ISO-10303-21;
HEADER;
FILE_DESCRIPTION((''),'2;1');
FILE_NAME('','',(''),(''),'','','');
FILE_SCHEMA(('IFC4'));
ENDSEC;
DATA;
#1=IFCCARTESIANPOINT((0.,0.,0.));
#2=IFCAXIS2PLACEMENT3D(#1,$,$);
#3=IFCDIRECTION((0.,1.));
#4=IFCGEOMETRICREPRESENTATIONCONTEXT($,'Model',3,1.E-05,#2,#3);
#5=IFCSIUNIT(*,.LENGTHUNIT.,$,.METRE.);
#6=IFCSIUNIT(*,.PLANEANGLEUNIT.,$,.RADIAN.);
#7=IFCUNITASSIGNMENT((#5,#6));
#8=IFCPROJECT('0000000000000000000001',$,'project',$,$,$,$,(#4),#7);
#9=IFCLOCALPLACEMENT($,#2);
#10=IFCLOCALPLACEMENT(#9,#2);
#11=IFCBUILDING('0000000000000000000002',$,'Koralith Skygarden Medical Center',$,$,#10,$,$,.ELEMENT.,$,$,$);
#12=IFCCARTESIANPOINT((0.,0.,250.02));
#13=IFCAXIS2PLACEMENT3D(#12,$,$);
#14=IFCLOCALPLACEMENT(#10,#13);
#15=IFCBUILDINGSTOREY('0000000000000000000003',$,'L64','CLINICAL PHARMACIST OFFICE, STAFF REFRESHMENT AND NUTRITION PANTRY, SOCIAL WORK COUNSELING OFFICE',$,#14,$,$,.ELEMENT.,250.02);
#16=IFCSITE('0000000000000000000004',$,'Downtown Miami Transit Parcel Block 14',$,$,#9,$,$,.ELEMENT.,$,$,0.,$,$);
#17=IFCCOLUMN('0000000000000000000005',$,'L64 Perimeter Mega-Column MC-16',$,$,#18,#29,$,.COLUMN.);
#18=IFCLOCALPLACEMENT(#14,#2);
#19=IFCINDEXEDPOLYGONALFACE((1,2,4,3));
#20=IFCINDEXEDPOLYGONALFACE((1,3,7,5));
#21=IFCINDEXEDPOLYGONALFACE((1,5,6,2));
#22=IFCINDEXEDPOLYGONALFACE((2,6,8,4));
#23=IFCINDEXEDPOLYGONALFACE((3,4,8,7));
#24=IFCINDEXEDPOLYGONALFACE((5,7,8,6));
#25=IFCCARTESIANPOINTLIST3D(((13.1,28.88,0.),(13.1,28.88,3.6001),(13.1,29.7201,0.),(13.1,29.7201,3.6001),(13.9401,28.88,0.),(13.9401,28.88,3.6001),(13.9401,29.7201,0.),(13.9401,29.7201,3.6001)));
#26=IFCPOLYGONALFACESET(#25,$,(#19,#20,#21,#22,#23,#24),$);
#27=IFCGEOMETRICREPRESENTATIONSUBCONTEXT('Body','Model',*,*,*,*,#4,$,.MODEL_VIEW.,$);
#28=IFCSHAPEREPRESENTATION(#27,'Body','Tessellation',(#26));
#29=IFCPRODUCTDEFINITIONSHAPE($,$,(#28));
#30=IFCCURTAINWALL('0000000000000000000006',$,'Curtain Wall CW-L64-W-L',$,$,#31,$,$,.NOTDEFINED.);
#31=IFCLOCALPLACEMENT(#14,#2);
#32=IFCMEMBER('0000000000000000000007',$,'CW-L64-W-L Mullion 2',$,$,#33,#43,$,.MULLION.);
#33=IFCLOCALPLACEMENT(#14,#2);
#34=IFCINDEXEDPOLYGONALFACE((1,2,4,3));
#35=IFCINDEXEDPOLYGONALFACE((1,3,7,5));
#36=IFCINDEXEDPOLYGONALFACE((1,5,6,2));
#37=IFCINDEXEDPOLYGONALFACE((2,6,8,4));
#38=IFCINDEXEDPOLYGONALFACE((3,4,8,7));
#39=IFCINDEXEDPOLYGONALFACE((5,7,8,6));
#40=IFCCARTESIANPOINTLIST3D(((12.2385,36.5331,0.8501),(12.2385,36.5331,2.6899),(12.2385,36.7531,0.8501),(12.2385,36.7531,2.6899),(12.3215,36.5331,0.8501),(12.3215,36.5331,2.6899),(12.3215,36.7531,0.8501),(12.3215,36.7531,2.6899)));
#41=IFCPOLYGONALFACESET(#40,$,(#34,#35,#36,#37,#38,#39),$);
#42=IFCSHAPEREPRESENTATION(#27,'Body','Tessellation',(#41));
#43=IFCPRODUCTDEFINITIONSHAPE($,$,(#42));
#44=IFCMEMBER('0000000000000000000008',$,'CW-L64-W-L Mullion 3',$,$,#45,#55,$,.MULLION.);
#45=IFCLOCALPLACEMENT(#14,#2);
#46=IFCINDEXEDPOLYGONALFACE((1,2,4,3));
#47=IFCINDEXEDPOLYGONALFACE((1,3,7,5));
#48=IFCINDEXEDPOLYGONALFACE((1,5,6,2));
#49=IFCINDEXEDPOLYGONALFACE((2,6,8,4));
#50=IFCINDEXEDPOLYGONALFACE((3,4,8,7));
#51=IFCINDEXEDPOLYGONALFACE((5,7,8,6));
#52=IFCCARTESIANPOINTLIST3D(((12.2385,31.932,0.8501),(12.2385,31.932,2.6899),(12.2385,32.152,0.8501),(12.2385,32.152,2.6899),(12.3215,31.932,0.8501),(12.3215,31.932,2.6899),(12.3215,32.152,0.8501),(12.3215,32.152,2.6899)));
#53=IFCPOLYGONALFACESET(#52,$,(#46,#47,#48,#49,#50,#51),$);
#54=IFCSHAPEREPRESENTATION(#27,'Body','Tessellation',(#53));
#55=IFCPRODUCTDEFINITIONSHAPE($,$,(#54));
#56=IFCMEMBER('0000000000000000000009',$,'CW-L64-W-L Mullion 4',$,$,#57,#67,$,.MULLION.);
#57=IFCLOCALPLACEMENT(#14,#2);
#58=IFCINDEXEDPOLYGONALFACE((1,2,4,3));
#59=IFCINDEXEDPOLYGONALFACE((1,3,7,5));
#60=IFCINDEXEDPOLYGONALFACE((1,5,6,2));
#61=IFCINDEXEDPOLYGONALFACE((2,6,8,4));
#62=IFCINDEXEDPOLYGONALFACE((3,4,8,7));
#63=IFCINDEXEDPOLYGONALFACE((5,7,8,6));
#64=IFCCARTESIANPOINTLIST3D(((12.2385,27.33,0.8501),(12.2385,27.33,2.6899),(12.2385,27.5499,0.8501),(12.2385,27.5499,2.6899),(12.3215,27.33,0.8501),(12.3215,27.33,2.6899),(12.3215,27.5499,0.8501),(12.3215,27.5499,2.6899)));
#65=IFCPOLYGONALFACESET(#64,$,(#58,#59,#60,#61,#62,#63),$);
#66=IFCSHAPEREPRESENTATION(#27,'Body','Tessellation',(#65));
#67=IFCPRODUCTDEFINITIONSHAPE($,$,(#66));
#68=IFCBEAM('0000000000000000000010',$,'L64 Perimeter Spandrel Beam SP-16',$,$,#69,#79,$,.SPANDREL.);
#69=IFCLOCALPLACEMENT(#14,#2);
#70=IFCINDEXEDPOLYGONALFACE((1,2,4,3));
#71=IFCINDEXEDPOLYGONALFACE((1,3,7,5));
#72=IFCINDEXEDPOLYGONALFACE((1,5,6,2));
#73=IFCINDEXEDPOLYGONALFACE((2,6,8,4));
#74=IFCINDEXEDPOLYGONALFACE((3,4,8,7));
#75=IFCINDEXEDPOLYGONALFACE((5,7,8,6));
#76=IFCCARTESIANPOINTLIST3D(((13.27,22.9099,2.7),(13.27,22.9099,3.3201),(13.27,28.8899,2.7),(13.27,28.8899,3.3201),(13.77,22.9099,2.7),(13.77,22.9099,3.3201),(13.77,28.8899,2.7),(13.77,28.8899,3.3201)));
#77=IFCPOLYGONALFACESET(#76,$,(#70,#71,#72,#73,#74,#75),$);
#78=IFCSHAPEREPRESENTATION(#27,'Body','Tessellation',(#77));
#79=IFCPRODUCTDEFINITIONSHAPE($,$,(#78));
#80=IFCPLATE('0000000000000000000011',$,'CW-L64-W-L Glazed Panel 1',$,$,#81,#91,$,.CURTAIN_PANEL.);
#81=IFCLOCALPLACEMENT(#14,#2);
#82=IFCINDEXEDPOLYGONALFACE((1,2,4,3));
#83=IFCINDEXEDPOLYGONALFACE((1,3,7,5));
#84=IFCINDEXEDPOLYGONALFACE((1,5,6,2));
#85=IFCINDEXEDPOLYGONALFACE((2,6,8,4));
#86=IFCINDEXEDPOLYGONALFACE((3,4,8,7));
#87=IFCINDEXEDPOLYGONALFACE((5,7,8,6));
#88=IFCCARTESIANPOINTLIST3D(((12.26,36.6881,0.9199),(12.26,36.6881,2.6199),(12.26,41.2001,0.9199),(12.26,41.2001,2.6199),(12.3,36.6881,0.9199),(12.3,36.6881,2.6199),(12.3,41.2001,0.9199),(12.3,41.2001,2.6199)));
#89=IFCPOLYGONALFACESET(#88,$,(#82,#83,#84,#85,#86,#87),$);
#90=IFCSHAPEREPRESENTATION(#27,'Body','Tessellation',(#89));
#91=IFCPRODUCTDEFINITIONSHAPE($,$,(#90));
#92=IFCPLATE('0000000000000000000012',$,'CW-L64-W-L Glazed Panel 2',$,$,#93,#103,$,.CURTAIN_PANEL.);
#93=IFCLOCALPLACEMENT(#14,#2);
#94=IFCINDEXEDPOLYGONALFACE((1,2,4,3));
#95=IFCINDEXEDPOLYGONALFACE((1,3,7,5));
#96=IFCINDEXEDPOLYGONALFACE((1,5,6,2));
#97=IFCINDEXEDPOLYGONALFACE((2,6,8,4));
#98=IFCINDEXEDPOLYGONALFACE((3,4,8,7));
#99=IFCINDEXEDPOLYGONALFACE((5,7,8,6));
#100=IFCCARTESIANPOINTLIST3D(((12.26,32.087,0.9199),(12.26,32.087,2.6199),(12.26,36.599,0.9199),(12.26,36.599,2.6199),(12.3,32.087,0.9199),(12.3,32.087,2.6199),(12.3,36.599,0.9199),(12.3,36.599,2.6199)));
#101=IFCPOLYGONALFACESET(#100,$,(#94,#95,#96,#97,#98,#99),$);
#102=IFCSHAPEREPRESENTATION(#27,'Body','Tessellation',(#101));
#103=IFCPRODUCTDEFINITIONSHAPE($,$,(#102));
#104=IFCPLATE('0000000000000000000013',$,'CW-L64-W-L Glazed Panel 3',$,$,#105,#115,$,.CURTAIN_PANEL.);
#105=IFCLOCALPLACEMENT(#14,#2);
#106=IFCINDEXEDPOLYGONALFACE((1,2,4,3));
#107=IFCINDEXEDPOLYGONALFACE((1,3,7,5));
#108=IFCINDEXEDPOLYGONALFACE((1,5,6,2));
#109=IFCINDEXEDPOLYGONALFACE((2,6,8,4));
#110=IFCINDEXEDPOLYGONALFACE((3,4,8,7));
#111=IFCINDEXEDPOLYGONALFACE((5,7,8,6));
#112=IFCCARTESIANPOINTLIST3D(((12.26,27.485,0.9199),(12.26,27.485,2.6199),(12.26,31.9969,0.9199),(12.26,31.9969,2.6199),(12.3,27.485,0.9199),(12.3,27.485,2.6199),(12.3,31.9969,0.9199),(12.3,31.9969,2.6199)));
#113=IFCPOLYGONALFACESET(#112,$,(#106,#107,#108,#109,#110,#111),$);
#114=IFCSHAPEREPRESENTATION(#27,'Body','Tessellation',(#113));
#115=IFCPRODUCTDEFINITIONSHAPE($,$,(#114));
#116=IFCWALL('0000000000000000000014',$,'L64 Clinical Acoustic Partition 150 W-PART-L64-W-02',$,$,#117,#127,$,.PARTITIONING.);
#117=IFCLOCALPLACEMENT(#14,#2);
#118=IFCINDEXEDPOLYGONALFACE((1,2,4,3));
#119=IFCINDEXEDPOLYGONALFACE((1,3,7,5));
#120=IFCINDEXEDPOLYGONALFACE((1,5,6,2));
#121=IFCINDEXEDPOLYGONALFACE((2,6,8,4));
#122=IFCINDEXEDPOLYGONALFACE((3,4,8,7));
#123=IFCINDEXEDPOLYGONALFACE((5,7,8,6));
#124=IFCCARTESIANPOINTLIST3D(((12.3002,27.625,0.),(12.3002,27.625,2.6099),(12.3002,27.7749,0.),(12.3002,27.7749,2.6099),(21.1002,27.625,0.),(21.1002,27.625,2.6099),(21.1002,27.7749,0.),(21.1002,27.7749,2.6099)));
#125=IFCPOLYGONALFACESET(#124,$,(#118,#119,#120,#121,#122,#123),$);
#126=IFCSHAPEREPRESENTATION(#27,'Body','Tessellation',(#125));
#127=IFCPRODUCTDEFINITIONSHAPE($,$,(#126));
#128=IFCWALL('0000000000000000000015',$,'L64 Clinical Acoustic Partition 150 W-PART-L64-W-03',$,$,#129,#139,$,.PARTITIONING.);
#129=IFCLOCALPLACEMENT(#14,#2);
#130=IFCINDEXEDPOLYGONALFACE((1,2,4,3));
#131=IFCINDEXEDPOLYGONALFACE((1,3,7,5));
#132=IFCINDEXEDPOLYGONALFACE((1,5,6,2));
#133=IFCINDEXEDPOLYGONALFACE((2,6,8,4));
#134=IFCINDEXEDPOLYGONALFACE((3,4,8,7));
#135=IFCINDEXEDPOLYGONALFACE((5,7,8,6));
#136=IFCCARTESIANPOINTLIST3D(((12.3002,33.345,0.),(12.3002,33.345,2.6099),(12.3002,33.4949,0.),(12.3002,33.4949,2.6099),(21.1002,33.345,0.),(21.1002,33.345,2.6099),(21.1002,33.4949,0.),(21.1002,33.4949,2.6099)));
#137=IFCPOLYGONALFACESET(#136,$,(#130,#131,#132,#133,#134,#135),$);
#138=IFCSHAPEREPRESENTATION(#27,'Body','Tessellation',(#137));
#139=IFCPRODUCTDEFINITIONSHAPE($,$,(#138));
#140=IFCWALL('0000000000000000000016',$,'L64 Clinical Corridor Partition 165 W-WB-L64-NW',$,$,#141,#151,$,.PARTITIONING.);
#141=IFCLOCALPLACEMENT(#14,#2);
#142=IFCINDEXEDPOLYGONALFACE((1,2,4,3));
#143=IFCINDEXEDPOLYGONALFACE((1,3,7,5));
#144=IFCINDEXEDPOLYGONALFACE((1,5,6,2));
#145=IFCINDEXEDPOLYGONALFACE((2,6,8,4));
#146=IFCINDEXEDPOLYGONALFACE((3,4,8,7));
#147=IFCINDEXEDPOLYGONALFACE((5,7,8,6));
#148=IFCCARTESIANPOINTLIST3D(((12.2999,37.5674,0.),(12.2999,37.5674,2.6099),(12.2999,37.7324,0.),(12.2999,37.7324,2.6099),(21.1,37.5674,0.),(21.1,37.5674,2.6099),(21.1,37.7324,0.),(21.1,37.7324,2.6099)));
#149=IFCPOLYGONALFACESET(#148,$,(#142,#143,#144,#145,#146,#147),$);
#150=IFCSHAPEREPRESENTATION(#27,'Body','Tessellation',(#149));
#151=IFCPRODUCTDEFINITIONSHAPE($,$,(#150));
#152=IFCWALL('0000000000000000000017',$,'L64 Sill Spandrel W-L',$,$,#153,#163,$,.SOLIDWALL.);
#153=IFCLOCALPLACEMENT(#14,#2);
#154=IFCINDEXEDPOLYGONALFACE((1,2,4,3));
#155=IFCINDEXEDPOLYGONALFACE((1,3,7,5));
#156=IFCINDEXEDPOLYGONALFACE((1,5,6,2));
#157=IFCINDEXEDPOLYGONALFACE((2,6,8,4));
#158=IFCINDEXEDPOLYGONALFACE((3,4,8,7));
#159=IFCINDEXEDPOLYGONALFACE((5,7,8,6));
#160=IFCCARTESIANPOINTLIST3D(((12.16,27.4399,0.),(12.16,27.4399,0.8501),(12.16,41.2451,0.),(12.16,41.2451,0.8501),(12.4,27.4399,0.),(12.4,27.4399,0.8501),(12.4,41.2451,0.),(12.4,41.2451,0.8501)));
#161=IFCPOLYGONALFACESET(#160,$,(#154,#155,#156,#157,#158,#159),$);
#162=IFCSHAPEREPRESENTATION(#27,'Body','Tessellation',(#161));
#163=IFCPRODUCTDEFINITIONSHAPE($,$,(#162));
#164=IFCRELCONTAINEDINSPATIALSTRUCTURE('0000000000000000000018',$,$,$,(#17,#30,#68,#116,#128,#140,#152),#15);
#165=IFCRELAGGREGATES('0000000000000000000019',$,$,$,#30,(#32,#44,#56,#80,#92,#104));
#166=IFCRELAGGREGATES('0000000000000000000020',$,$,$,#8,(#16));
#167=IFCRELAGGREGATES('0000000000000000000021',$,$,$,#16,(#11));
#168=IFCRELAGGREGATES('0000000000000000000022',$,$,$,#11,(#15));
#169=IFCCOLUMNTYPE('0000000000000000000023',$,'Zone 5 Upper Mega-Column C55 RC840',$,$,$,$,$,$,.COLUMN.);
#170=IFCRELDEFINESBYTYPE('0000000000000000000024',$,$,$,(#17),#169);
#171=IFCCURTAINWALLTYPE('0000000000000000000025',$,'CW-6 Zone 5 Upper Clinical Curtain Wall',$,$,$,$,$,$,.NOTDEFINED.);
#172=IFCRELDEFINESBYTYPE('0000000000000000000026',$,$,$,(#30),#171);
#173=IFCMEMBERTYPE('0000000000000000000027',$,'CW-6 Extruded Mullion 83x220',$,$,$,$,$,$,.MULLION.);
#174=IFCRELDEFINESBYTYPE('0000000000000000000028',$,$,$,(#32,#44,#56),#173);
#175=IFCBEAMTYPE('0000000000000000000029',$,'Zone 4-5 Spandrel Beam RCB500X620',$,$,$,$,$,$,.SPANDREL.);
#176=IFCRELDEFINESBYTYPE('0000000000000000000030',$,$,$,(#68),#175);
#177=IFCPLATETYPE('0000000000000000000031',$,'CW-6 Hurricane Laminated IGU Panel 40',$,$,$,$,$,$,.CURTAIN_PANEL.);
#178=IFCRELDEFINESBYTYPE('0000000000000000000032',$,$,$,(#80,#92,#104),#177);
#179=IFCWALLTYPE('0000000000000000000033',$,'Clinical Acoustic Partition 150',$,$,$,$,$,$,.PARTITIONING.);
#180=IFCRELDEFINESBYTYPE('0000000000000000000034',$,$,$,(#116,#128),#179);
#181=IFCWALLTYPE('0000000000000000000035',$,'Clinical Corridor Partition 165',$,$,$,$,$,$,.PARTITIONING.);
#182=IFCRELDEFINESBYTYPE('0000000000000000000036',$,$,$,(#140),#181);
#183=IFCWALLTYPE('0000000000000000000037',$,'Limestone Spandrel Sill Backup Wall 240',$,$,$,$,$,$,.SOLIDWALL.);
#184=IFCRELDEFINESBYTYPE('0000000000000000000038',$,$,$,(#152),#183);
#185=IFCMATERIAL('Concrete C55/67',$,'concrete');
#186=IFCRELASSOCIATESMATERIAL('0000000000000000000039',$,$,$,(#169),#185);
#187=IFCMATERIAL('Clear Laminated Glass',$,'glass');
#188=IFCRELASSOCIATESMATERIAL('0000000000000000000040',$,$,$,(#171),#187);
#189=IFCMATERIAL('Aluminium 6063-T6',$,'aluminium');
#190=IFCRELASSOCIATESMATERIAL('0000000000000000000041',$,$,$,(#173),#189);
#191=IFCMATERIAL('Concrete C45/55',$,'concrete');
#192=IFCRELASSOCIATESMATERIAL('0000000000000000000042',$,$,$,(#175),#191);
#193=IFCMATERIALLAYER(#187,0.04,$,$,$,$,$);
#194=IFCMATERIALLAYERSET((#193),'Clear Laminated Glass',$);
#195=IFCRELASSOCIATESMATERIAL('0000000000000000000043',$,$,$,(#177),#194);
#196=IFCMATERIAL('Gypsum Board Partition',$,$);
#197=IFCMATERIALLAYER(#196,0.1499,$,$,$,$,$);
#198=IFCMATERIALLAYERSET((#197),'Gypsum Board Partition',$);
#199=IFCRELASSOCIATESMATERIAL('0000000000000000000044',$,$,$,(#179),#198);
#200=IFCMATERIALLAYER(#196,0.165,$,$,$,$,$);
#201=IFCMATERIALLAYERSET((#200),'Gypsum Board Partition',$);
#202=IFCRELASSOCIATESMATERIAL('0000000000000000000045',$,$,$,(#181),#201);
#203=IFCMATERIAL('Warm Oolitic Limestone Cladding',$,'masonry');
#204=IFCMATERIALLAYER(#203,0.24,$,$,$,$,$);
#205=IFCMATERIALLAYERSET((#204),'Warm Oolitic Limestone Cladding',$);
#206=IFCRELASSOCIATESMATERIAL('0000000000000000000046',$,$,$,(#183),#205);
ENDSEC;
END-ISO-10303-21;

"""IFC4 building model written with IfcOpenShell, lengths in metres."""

from ifc_helpers import new_model, si_unit, direction, frame, frame_2d, origin, origin_2d, place, context, subcontext, project, spatial, rectangle, extrude, material, layer, layer_set, material_profile, profile_set, type_object, element, aggregate, save


model = new_model("IFC4")

# Units and contexts
model_context = context("Model", 3, precision=1e-05, world=origin(), true_north=direction((0.0, 1.0)))
body_context = subcontext(model_context, "Body", "Model", "MODEL_VIEW")
ifc_project = project(units=[si_unit("LENGTHUNIT", "METRE"), si_unit("PLANEANGLEUNIT", "RADIAN")], contexts=[model_context])

# Site, building, storey
site_placement = place(None, origin())
site = spatial("IfcSite", under=ifc_project, at=site_placement, Name="Downtown Miami Transit Parcel Block 14", CompositionType="ELEMENT", RefElevation=0.0)
building_placement = place(site_placement, origin())
building = spatial("IfcBuilding", under=site, at=building_placement, Name="Koralith Skygarden Medical Center", CompositionType="ELEMENT")
storey_placement = place(building_placement, frame((0.0, 0.0, 250.02)))
storey = spatial("IfcBuildingStorey", under=building, at=storey_placement, Name="L64", Description="CLINICAL PHARMACIST OFFICE, STAFF REFRESHMENT AND NUTRITION PANTRY, SOCIAL WORK COUNSELING OFFICE", CompositionType="ELEMENT", Elevation=250.02)

# Column
ifc_material_1 = material(Name="Concrete C55/67", Category="concrete")
ifc_material_profile_1 = material_profile(ifc_material_1, rectangle(XDim=0.8401, YDim=0.8401, at=origin_2d()), Name="RC840X840")
ifc_profile_set_1 = profile_set([ifc_material_profile_1], Name="Concrete C55/67")
column_type = type_object("IfcColumnType", Name="Zone 5 Upper Mega-Column C55 RC840", PredefinedType="COLUMN", material=ifc_profile_set_1)
column_placement = place(storey_placement, frame((13.52, 29.3, 0.0), z_axis=(0.0, 0.0, 1.0), x_axis=(1.0, 0.0, 0.0)))
element("IfcColumn", 1, at=column_placement, inside=storey, type_object=column_type, Name="L64 Perimeter Mega-Column MC-16", PredefinedType="COLUMN", context=body_context, shape_type="SweptSolid", body=[
    extrude(rectangle(XDim=0.8401, YDim=0.8401, at=origin_2d()), origin(), (0.0, 0.0, 1.0), 3.6001),
])

# Curtain wall, members
ifc_material_2 = material(Name="Clear Laminated Glass", Category="glass")
curtain_wall_type = type_object("IfcCurtainWallType", Name="CW-6 Zone 5 Upper Clinical Curtain Wall", PredefinedType="NOTDEFINED", material=ifc_material_2)
curtain_wall_placement = place(storey_placement, origin())
curtain_wall = element("IfcCurtainWall", 2, at=curtain_wall_placement, inside=storey, type_object=curtain_wall_type, Name="Curtain Wall CW-L64-W-L", PredefinedType="NOTDEFINED")
ifc_material_3 = material(Name="Aluminium 6063-T6", Category="aluminium")
ifc_material_profile_2 = material_profile(ifc_material_3, rectangle(XDim=0.083, YDim=0.22, at=origin_2d()), Name="MUL83X220")
ifc_profile_set_2 = profile_set([ifc_material_profile_2], Name="Aluminium 6063-T6")
member_type = type_object("IfcMemberType", Name="CW-6 Extruded Mullion 83x220", PredefinedType="MULLION", material=ifc_profile_set_2)
member_1_placement = place(storey_placement, frame((12.28, 36.6431, 0.8501), z_axis=(0.0, 0.0, 1.0), x_axis=(1.0, 0.0, 0.0)))
member_1 = element("IfcMember", 3, at=member_1_placement, type_object=member_type, Name="CW-L64-W-L Mullion 2", PredefinedType="MULLION", context=body_context, shape_type="SweptSolid", body=[
    extrude(rectangle(XDim=0.083, YDim=0.22, at=origin_2d()), origin(), (0.0, 0.0, 1.0), 1.8398),
])
member_2_placement = place(storey_placement, frame((12.28, 32.042, 0.8501), z_axis=(0.0, 0.0, 1.0), x_axis=(1.0, 0.0, 0.0)))
member_2 = element("IfcMember", 4, at=member_2_placement, type_object=member_type, Name="CW-L64-W-L Mullion 3", PredefinedType="MULLION", context=body_context, shape_type="SweptSolid", body=[
    extrude(rectangle(XDim=0.083, YDim=0.22, at=origin_2d()), origin(), (0.0, 0.0, 1.0), 1.8398),
])
member_3_placement = place(storey_placement, frame((12.28, 27.4399, 0.8501), z_axis=(0.0, 0.0, 1.0), x_axis=(1.0, 0.0, 0.0)))
member_3 = element("IfcMember", 5, at=member_3_placement, type_object=member_type, Name="CW-L64-W-L Mullion 4", PredefinedType="MULLION", context=body_context, shape_type="SweptSolid", body=[
    extrude(rectangle(XDim=0.083, YDim=0.22, at=origin_2d()), origin(), (0.0, 0.0, 1.0), 1.8398),
])

# Beam
ifc_material_4 = material(Name="Concrete C45/55", Category="concrete")
ifc_material_profile_3 = material_profile(ifc_material_4, rectangle(XDim=0.5, YDim=0.6201, at=origin_2d()), Name="RCB500X620")
ifc_profile_set_3 = profile_set([ifc_material_profile_3], Name="Concrete C45/55")
beam_type = type_object("IfcBeamType", Name="Zone 4-5 Spandrel Beam RCB500X620", PredefinedType="SPANDREL", material=ifc_profile_set_3)
beam_placement = place(storey_placement, frame((13.52, 28.8899, 3.01), z_axis=(0.0, -1.0, 0.0), x_axis=(1.0, 0.0, 0.0)))
element("IfcBeam", 6, at=beam_placement, inside=storey, type_object=beam_type, Name="L64 Perimeter Spandrel Beam SP-16", PredefinedType="SPANDREL", context=body_context, shape_type="SweptSolid", body=[
    extrude(rectangle(XDim=0.5, YDim=0.6201, at=origin_2d()), origin(), (0.0, 0.0, 1.0), 5.98),
])

# Plates
ifc_layer_1 = layer(ifc_material_2, 0.04)
ifc_layer_set_1 = layer_set([ifc_layer_1], Name="Clear Laminated Glass")
plate_type = type_object("IfcPlateType", Name="CW-6 Hurricane Laminated IGU Panel 40", PredefinedType="CURTAIN_PANEL", material=ifc_layer_set_1)
plate_1_placement = place(storey_placement, frame((12.28, 38.9441, 0.9199), z_axis=(0.0, 0.0, 1.0), x_axis=(0.0, -1.0, 0.0)))
plate_1 = element("IfcPlate", 7, at=plate_1_placement, type_object=plate_type, Name="CW-L64-W-L Glazed Panel 1", PredefinedType="CURTAIN_PANEL", context=body_context, shape_type="SweptSolid", body=[
    extrude(rectangle(XDim=4.512, YDim=0.04, at=origin_2d()), origin(), (0.0, 0.0, 1.0), 1.7),
])
plate_2_placement = place(storey_placement, frame((12.28, 34.343, 0.9199), z_axis=(0.0, 0.0, 1.0), x_axis=(0.0, -1.0, 0.0)))
plate_2 = element("IfcPlate", 8, at=plate_2_placement, type_object=plate_type, Name="CW-L64-W-L Glazed Panel 2", PredefinedType="CURTAIN_PANEL", context=body_context, shape_type="SweptSolid", body=[
    extrude(rectangle(XDim=4.512, YDim=0.04, at=origin_2d()), origin(), (0.0, 0.0, 1.0), 1.7),
])
plate_3_placement = place(storey_placement, frame((12.28, 29.741, 0.9199), z_axis=(0.0, 0.0, 1.0), x_axis=(0.0, -1.0, 0.0)))
plate_3 = element("IfcPlate", 9, at=plate_3_placement, type_object=plate_type, Name="CW-L64-W-L Glazed Panel 3", PredefinedType="CURTAIN_PANEL", context=body_context, shape_type="SweptSolid", body=[
    extrude(rectangle(XDim=4.512, YDim=0.04, at=origin_2d()), origin(), (0.0, 0.0, 1.0), 1.7),
])
aggregate(curtain_wall, [member_1, member_2, member_3, plate_1, plate_2, plate_3])

# Walls
ifc_material_5 = material(Name="Gypsum Board Partition")
ifc_layer_2 = layer(ifc_material_5, 0.1499)
ifc_layer_set_2 = layer_set([ifc_layer_2], Name="Gypsum Board Partition")
wall_type_1 = type_object("IfcWallType", Name="Clinical Acoustic Partition 150", PredefinedType="PARTITIONING", material=ifc_layer_set_2)
for number, where, z_axis, x_axis, name in (
    (10, (21.1001, 27.7, 0.0), (0.0, 0.0, 1.0), (-1.0, 0.0, 0.0), "L64 Clinical Acoustic Partition 150 W-PART-L64-W-02"),
    (11, (21.1001, 33.4199, 0.0), (0.0, 0.0, 1.0), (-1.0, 0.0, 0.0), "L64 Clinical Acoustic Partition 150 W-PART-L64-W-03"),
):
    element("IfcWall", number, at=place(storey_placement, frame(where, z_axis=z_axis, x_axis=x_axis)), inside=storey, type_object=wall_type_1, Name=name, PredefinedType="PARTITIONING", context=body_context, shape_type="SweptSolid", body=[
        extrude(rectangle(XDim=8.8, YDim=0.1499, at=frame_2d((4.3999, 0.0))), origin(), (0.0, 0.0, 1.0), 2.6099),
    ])
ifc_layer_3 = layer(ifc_material_5, 0.165)
ifc_layer_set_3 = layer_set([ifc_layer_3], Name="Gypsum Board Partition")
wall_type_2 = type_object("IfcWallType", Name="Clinical Corridor Partition 165", PredefinedType="PARTITIONING", material=ifc_layer_set_3)
wall_1_placement = place(storey_placement, frame((12.3, 37.6499, 0.0), z_axis=(0.0, 0.0, 1.0), x_axis=(1.0, 0.0, 0.0)))
element("IfcWall", 12, at=wall_1_placement, inside=storey, type_object=wall_type_2, Name="L64 Clinical Corridor Partition 165 W-WB-L64-NW", PredefinedType="PARTITIONING", context=body_context, shape_type="SweptSolid", body=[
    extrude(rectangle(XDim=8.8, YDim=0.165, at=frame_2d((4.3999, 0.0))), origin(), (0.0, 0.0, 1.0), 2.6099),
])

# Wall
ifc_material_6 = material(Name="Warm Oolitic Limestone Cladding", Category="masonry")
ifc_layer_4 = layer(ifc_material_6, 0.24)
ifc_layer_set_4 = layer_set([ifc_layer_4], Name="Warm Oolitic Limestone Cladding")
wall_type_3 = type_object("IfcWallType", Name="Limestone Spandrel Sill Backup Wall 240", PredefinedType="SOLIDWALL", material=ifc_layer_set_4)
wall_2_placement = place(storey_placement, frame((12.28, 41.2451, 0.0), z_axis=(0.0, 0.0, 1.0), x_axis=(0.0, -1.0, 0.0)))
element("IfcWall", 13, at=wall_2_placement, inside=storey, type_object=wall_type_3, Name="L64 Sill Spandrel W-L", PredefinedType="SOLIDWALL", context=body_context, shape_type="SweptSolid", body=[
    extrude(rectangle(XDim=13.8052, YDim=0.24, at=frame_2d((6.9026, 0.0))), origin(), (0.0, 0.0, 1.0), 0.8501),
])

save(model, "model.ifc")
